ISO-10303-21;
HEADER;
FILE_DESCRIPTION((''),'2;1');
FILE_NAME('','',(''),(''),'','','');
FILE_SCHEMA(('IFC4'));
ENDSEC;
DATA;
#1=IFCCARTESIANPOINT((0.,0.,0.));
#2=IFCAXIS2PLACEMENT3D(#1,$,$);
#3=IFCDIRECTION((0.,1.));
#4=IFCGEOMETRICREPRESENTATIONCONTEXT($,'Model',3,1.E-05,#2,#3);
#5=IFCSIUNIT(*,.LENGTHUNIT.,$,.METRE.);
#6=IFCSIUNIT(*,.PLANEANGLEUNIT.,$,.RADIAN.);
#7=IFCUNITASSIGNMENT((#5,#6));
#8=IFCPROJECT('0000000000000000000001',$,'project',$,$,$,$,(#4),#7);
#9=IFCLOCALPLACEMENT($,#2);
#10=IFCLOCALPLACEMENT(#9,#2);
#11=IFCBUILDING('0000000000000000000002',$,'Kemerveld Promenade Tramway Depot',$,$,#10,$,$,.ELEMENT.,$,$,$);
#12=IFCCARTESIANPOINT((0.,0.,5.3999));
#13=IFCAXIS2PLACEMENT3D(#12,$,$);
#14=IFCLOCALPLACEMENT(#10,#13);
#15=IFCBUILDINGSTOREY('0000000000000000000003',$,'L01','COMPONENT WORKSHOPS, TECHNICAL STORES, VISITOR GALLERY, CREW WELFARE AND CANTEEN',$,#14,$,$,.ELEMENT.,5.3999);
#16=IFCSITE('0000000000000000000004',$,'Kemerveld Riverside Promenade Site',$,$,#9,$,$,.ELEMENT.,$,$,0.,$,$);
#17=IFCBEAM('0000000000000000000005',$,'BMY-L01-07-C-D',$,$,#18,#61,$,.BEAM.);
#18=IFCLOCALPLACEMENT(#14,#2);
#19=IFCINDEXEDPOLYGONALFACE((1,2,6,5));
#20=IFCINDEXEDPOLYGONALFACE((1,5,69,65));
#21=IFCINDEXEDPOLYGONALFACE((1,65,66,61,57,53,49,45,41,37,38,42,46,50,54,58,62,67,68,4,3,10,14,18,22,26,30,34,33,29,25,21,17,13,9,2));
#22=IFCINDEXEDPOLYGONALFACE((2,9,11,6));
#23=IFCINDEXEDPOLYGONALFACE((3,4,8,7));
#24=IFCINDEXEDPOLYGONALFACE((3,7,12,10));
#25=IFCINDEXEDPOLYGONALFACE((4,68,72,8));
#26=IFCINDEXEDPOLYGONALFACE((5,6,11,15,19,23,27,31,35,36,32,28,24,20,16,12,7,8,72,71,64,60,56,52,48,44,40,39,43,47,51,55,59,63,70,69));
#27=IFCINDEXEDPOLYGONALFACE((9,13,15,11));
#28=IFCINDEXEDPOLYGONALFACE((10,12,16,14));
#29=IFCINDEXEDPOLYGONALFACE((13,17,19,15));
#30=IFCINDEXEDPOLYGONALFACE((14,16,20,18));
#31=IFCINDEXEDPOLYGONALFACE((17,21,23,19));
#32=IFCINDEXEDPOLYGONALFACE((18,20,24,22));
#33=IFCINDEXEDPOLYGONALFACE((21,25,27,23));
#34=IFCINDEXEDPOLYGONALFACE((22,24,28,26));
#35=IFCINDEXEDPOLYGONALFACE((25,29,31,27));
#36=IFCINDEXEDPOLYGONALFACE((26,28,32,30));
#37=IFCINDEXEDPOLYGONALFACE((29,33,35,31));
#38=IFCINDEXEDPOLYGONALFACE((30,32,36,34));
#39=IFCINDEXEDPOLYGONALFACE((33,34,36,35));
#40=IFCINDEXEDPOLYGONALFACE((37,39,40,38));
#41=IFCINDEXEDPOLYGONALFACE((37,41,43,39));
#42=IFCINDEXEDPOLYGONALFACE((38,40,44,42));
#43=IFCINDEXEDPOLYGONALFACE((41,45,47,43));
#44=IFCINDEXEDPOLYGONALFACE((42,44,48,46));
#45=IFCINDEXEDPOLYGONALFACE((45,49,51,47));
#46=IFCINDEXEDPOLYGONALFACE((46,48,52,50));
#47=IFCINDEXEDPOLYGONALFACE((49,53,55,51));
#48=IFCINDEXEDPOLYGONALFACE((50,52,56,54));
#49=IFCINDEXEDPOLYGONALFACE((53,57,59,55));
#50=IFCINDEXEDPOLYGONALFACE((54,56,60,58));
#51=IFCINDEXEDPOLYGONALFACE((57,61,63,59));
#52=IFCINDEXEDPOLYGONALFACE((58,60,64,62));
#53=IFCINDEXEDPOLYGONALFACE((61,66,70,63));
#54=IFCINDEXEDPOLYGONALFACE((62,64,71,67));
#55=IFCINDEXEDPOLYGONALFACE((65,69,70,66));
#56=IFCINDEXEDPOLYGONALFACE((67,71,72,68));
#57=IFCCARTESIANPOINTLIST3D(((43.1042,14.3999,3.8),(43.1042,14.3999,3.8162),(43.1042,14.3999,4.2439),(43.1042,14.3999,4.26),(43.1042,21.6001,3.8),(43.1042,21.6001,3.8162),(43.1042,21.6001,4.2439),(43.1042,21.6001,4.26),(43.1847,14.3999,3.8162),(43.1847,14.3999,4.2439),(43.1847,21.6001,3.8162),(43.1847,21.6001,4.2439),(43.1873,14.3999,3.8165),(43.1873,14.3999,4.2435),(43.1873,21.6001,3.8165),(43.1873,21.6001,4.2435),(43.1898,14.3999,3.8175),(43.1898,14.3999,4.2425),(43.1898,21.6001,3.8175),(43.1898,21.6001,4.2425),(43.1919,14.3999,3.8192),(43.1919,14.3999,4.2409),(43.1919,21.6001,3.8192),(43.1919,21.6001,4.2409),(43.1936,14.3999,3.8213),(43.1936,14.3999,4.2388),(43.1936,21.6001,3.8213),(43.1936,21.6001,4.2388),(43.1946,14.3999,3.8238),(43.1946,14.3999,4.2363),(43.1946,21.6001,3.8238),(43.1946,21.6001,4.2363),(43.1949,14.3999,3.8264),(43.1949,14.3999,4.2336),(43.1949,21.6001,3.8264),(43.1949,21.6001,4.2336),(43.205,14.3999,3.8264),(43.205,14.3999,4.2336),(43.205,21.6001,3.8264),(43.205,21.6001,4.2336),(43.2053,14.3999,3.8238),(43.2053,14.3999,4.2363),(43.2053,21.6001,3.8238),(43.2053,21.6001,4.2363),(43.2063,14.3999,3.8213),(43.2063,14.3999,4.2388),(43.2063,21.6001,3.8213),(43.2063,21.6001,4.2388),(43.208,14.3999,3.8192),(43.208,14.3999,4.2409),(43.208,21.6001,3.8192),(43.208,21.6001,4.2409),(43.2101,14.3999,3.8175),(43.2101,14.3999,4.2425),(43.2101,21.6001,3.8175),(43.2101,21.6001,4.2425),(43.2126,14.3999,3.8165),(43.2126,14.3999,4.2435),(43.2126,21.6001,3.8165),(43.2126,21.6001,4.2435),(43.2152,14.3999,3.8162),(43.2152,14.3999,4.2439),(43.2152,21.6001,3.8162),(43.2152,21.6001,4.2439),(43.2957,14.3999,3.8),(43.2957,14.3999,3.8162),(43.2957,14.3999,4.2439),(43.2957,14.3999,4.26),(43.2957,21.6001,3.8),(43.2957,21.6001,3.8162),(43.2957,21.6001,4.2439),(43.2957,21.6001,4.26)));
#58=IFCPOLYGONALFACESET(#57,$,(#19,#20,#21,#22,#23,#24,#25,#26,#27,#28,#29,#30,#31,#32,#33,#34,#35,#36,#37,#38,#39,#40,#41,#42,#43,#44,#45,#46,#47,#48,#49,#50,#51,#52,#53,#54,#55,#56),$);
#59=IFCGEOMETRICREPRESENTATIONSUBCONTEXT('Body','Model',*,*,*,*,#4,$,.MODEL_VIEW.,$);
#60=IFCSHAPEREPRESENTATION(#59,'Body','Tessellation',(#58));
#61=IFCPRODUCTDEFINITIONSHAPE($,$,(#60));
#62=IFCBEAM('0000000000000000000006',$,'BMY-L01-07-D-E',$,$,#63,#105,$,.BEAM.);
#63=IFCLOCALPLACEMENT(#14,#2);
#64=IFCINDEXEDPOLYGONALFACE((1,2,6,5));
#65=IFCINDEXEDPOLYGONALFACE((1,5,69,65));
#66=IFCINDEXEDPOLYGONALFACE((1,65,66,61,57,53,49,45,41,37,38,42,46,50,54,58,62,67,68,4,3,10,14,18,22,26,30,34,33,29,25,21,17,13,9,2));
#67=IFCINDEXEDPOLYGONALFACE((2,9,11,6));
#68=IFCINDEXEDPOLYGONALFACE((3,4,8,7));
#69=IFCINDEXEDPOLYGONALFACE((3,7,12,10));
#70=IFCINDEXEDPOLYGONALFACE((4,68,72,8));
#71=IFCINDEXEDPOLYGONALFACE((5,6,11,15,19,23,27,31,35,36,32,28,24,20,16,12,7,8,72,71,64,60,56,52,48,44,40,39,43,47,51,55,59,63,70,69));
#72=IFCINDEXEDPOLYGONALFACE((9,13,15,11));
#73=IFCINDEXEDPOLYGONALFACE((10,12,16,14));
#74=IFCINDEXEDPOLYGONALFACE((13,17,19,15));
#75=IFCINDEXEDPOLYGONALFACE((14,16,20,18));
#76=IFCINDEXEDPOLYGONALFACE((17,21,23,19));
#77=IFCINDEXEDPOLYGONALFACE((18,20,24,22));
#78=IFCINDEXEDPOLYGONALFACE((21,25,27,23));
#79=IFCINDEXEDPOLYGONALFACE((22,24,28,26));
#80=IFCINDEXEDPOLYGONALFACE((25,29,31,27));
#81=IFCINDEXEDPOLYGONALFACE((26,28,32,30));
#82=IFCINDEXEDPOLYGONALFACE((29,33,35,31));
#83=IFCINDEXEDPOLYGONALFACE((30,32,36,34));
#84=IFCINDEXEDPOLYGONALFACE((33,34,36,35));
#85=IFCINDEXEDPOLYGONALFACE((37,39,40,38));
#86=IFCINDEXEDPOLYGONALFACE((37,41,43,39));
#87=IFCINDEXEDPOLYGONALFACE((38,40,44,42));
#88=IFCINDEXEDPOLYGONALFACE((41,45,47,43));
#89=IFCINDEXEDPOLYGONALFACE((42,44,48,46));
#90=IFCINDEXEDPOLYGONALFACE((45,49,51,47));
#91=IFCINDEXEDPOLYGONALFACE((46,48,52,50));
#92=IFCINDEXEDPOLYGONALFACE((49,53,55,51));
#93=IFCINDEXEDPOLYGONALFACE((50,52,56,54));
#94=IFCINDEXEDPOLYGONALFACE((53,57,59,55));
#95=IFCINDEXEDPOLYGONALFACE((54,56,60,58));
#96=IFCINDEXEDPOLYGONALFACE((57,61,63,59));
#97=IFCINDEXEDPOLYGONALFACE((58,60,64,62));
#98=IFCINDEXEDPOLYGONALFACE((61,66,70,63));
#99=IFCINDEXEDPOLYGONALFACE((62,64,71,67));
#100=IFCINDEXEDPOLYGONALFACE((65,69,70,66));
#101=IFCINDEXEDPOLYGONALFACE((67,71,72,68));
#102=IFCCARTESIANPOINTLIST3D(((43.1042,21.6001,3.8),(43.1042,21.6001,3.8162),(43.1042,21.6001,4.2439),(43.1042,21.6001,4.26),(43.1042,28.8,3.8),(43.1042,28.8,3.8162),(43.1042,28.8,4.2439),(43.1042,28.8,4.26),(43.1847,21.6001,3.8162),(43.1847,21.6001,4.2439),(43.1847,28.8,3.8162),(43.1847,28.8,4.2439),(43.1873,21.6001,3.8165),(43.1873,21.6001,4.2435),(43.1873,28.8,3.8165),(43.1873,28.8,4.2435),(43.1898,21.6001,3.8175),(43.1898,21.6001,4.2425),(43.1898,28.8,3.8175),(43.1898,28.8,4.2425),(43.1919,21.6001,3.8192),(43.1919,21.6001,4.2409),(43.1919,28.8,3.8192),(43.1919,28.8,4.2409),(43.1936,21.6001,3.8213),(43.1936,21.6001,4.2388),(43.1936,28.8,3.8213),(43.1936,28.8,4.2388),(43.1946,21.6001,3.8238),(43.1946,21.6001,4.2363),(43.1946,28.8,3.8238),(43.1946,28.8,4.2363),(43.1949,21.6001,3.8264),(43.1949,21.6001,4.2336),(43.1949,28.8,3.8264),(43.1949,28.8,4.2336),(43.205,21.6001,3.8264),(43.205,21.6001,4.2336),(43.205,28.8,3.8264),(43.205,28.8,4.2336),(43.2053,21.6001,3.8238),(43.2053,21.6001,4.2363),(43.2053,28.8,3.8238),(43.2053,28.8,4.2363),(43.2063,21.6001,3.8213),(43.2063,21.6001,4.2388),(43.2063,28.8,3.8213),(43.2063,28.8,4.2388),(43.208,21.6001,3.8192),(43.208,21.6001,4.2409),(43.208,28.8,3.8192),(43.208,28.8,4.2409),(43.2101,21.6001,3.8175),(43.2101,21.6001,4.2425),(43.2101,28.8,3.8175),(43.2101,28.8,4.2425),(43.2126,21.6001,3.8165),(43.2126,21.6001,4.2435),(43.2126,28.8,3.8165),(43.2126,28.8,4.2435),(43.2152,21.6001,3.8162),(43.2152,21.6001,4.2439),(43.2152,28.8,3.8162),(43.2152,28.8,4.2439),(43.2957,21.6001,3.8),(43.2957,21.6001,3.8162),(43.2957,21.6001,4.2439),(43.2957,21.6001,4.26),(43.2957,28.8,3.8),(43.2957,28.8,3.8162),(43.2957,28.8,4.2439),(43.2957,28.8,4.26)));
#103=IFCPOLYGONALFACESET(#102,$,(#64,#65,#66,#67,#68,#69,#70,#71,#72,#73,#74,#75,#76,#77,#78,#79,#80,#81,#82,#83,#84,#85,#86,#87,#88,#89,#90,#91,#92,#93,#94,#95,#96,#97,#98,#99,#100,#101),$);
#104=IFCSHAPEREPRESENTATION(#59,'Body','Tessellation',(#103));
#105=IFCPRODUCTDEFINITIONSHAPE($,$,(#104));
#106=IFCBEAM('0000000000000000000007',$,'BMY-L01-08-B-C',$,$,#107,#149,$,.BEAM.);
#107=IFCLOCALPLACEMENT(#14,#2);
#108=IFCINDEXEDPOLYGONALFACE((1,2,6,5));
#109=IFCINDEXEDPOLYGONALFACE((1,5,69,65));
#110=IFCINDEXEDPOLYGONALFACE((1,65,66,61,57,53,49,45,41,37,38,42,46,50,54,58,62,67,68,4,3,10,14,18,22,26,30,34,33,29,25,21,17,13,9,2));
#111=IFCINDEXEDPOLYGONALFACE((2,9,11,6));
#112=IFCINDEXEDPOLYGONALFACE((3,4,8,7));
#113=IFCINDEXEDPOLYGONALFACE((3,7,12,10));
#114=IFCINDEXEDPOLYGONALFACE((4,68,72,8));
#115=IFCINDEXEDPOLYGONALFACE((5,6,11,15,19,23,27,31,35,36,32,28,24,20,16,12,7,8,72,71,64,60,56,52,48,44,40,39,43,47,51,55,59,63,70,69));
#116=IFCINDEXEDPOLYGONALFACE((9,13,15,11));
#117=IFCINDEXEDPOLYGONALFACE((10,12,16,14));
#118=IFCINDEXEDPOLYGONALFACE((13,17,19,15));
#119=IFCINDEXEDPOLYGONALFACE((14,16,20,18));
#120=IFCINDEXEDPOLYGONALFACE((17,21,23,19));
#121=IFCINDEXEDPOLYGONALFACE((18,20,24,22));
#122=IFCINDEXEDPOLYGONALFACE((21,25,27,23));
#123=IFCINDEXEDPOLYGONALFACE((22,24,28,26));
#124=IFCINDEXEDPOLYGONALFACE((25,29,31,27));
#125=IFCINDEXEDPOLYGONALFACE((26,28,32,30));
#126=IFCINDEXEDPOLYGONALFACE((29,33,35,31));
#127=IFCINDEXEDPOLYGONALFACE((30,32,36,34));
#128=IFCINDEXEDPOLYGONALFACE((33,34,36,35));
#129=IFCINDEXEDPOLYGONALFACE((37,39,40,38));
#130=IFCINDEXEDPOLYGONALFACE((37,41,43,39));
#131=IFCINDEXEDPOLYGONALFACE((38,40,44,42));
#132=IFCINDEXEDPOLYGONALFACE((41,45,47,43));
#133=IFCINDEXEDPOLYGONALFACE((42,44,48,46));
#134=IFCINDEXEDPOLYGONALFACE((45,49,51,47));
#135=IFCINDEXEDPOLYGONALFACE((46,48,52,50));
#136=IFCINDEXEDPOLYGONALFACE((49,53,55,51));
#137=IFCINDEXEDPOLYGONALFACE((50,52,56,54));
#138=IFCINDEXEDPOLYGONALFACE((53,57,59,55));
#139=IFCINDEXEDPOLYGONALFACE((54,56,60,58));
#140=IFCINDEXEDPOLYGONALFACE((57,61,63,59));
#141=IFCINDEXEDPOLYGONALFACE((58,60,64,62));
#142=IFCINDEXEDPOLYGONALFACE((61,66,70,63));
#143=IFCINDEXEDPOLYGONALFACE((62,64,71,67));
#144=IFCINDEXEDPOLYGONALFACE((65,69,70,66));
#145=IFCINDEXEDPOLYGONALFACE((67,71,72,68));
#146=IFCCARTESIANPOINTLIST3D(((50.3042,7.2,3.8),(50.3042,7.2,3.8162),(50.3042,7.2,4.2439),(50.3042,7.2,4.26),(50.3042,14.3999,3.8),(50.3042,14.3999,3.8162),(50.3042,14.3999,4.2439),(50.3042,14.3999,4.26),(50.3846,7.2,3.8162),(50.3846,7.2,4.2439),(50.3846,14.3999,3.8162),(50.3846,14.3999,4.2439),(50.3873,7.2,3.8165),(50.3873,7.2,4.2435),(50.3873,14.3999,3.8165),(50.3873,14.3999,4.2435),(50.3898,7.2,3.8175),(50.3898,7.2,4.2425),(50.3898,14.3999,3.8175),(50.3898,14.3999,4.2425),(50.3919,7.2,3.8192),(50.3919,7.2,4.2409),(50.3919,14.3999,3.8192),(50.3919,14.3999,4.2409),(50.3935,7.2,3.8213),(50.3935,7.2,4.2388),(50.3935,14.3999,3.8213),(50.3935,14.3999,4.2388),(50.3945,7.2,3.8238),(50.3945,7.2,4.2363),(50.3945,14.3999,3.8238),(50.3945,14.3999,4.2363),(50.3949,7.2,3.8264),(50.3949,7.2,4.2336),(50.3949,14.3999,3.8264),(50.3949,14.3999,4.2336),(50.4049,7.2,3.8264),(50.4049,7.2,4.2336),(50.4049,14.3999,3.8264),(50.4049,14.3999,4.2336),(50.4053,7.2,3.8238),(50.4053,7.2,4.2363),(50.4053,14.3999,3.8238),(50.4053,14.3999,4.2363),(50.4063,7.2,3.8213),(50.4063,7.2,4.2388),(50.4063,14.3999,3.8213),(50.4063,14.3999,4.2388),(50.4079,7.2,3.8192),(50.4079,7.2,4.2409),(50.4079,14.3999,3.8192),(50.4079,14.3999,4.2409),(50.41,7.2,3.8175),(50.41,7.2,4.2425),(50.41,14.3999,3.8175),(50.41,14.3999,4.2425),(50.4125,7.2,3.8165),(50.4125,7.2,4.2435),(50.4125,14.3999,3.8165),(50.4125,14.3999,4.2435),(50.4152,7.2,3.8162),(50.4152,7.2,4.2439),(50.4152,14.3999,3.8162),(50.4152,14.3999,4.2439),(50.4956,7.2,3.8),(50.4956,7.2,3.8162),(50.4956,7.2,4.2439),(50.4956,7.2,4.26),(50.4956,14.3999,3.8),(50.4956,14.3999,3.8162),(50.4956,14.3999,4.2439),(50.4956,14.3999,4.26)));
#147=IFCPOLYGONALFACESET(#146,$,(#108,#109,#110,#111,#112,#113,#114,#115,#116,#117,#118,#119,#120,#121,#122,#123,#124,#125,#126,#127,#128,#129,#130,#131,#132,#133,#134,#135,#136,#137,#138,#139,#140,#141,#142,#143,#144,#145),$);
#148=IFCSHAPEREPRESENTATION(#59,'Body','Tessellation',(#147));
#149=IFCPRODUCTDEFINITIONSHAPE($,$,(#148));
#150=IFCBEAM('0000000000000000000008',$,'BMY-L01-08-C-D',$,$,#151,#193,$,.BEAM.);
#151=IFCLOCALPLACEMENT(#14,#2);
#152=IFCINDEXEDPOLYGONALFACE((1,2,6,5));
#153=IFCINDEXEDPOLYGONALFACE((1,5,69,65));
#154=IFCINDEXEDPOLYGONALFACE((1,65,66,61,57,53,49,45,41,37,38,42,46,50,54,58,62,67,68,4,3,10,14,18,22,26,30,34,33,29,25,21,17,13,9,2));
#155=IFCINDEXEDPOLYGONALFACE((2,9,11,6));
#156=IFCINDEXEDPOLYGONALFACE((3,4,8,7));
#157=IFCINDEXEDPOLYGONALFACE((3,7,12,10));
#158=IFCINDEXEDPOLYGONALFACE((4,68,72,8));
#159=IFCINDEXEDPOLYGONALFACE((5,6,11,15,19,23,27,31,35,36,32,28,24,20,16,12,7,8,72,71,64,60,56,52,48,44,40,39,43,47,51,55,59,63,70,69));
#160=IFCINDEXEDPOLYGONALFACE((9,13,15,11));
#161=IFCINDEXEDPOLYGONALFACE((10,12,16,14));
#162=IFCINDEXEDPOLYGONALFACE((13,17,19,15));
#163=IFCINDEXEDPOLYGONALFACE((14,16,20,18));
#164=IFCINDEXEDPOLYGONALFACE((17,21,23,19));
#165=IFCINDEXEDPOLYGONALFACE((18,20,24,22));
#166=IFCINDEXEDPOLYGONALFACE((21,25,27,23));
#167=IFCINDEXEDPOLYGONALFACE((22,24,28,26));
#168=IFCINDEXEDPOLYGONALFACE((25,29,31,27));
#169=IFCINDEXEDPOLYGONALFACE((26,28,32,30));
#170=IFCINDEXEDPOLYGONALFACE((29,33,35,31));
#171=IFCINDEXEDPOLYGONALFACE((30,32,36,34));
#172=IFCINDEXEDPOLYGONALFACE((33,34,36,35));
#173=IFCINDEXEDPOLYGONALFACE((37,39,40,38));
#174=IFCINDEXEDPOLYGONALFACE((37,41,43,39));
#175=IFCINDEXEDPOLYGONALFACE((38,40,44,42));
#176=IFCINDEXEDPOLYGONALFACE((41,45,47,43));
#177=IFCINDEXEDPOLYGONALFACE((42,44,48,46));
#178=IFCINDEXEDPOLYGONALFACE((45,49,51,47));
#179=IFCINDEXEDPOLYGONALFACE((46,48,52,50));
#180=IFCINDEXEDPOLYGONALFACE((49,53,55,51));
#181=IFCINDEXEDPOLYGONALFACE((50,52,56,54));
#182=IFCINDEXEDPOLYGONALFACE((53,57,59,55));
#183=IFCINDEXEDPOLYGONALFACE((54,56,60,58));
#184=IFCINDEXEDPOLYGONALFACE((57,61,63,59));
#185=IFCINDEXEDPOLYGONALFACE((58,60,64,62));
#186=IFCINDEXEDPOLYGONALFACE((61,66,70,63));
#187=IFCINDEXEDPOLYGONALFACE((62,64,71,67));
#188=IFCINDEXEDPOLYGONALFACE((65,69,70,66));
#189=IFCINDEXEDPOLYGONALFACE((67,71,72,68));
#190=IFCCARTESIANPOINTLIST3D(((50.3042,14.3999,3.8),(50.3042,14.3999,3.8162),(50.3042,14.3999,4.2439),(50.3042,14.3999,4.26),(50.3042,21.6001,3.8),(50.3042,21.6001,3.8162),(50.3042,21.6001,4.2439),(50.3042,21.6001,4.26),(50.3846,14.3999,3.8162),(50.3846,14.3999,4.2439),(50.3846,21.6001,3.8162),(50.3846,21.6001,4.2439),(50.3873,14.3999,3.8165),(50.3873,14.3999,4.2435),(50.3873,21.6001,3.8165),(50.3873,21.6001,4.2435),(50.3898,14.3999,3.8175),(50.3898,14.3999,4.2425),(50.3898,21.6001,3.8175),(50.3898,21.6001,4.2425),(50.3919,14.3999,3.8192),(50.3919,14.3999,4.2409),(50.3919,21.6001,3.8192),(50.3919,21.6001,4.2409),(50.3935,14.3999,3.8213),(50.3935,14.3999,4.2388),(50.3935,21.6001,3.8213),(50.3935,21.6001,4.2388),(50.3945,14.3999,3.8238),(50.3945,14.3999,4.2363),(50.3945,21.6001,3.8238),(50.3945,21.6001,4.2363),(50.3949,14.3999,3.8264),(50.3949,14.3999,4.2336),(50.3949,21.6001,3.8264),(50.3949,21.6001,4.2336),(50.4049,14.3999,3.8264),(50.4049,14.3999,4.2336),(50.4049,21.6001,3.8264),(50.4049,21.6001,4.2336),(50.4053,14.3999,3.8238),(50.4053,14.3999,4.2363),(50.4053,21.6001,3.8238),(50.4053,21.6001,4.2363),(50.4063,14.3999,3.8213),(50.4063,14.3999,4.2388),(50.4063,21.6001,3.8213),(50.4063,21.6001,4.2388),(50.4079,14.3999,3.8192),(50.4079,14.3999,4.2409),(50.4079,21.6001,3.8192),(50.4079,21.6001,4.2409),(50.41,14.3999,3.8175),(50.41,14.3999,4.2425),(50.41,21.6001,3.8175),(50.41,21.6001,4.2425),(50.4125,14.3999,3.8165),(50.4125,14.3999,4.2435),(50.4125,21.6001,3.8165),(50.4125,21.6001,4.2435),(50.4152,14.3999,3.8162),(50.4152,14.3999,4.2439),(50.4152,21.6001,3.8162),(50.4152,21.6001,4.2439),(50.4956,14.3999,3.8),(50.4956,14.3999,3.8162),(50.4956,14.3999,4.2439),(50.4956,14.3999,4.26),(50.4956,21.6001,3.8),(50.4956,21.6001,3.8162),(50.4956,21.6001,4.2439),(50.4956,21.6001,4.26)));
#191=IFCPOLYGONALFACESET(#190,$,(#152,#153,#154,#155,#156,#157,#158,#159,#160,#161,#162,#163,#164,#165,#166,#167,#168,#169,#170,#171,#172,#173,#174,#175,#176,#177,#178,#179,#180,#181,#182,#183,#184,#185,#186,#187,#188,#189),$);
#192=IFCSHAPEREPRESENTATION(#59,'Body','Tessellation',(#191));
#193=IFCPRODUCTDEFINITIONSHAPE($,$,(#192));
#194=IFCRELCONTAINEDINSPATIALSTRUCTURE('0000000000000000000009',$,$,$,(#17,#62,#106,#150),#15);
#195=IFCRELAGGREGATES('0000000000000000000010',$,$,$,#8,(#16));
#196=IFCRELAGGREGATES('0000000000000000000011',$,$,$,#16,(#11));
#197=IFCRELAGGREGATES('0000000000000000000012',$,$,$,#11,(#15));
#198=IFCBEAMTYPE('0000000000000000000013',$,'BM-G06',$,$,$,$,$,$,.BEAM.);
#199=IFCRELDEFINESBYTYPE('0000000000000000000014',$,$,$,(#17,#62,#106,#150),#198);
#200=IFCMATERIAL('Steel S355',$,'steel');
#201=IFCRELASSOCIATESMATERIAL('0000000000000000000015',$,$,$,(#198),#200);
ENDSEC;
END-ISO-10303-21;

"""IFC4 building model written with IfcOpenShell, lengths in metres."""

from ifc_helpers import new_model, si_unit, direction, frame, origin, origin_2d, place, context, subcontext, project, spatial, i_section, extrude, material, material_profile, profile_set, type_object, element, save


model = new_model("IFC4")

# Units and contexts
model_context = context("Model", 3, precision=1e-05, world=origin(), true_north=direction((0.0, 1.0)))
body_context = subcontext(model_context, "Body", "Model", "MODEL_VIEW")
ifc_project = project(units=[si_unit("LENGTHUNIT", "METRE"), si_unit("PLANEANGLEUNIT", "RADIAN")], contexts=[model_context])

# Site, building, storey
site_placement = place(None, origin())
site = spatial("IfcSite", under=ifc_project, at=site_placement, Name="Kemerveld Riverside Promenade Site", CompositionType="ELEMENT", RefElevation=0.0)
building_placement = place(site_placement, origin())
building = spatial("IfcBuilding", under=site, at=building_placement, Name="Kemerveld Promenade Tramway Depot", CompositionType="ELEMENT")
storey_placement = place(building_placement, frame((0.0, 0.0, 5.3999)))
storey = spatial("IfcBuildingStorey", under=building, at=storey_placement, Name="L01", Description="COMPONENT WORKSHOPS, TECHNICAL STORES, VISITOR GALLERY, CREW WELFARE AND CANTEEN", CompositionType="ELEMENT", Elevation=5.3999)

# Shared definitions
ifc_material = material(Name="Steel S355", Category="steel")

# Beams
ifc_material_profile_1 = material_profile(ifc_material, i_section(OverallWidth=0.1914, OverallDepth=0.46, WebThickness=0.01, FlangeThickness=0.0161, FilletRadius=0.0103, at=origin_2d()), Name="457x191x82 UB")
ifc_profile_set_1 = profile_set([ifc_material_profile_1], Name="Steel S355")
beam_type_1 = type_object("IfcBeamType", Name="BM-G06", PredefinedType="BEAM", material=ifc_profile_set_1)
beam_1_placement = place(storey_placement, frame((43.2, 14.3999, 4.03), z_axis=(0.0, 1.0, 0.0), x_axis=(-1.0, 0.0, 0.0)))
element("IfcBeam", 1, at=beam_1_placement, inside=storey, type_object=beam_type_1, Name="BMY-L01-07-C-D", PredefinedType="BEAM", context=body_context, shape_type="SweptSolid", body=[
    extrude(i_section(OverallWidth=0.1914, OverallDepth=0.46, WebThickness=0.01, FlangeThickness=0.0161, FilletRadius=0.0103, at=origin_2d()), origin(), (0.0, 0.0, 1.0), 7.2002),
])
for number, where, z_axis, x_axis, name in (
    (2, (43.2, 21.6001, 4.03), (0.0, 1.0, 0.0), (-1.0, 0.0, 0.0), "BMY-L01-07-D-E"),
    (3, (50.3999, 7.2, 4.03), (0.0, 1.0, 0.0), (-1.0, 0.0, 0.0), "BMY-L01-08-B-C"),
):
    element("IfcBeam", number, at=place(storey_placement, frame(where, z_axis=z_axis, x_axis=x_axis)), inside=storey, type_object=beam_type_1, Name=name, PredefinedType="BEAM", context=body_context, shape_type="SweptSolid", body=[
        extrude(i_section(OverallWidth=0.1914, OverallDepth=0.46, WebThickness=0.01, FlangeThickness=0.0161, FilletRadius=0.0103, at=origin_2d()), origin(), (0.0, 0.0, 1.0), 7.2),
    ])
beam_2_placement = place(storey_placement, frame((50.3999, 14.3999, 4.03), z_axis=(0.0, 1.0, 0.0), x_axis=(-1.0, 0.0, 0.0)))
element("IfcBeam", 4, at=beam_2_placement, inside=storey, type_object=beam_type_1, Name="BMY-L01-08-C-D", PredefinedType="BEAM", context=body_context, shape_type="SweptSolid", body=[
    extrude(i_section(OverallWidth=0.1914, OverallDepth=0.46, WebThickness=0.01, FlangeThickness=0.0161, FilletRadius=0.0103, at=origin_2d()), origin(), (0.0, 0.0, 1.0), 7.2002),
])

save(model, "model.ifc")
